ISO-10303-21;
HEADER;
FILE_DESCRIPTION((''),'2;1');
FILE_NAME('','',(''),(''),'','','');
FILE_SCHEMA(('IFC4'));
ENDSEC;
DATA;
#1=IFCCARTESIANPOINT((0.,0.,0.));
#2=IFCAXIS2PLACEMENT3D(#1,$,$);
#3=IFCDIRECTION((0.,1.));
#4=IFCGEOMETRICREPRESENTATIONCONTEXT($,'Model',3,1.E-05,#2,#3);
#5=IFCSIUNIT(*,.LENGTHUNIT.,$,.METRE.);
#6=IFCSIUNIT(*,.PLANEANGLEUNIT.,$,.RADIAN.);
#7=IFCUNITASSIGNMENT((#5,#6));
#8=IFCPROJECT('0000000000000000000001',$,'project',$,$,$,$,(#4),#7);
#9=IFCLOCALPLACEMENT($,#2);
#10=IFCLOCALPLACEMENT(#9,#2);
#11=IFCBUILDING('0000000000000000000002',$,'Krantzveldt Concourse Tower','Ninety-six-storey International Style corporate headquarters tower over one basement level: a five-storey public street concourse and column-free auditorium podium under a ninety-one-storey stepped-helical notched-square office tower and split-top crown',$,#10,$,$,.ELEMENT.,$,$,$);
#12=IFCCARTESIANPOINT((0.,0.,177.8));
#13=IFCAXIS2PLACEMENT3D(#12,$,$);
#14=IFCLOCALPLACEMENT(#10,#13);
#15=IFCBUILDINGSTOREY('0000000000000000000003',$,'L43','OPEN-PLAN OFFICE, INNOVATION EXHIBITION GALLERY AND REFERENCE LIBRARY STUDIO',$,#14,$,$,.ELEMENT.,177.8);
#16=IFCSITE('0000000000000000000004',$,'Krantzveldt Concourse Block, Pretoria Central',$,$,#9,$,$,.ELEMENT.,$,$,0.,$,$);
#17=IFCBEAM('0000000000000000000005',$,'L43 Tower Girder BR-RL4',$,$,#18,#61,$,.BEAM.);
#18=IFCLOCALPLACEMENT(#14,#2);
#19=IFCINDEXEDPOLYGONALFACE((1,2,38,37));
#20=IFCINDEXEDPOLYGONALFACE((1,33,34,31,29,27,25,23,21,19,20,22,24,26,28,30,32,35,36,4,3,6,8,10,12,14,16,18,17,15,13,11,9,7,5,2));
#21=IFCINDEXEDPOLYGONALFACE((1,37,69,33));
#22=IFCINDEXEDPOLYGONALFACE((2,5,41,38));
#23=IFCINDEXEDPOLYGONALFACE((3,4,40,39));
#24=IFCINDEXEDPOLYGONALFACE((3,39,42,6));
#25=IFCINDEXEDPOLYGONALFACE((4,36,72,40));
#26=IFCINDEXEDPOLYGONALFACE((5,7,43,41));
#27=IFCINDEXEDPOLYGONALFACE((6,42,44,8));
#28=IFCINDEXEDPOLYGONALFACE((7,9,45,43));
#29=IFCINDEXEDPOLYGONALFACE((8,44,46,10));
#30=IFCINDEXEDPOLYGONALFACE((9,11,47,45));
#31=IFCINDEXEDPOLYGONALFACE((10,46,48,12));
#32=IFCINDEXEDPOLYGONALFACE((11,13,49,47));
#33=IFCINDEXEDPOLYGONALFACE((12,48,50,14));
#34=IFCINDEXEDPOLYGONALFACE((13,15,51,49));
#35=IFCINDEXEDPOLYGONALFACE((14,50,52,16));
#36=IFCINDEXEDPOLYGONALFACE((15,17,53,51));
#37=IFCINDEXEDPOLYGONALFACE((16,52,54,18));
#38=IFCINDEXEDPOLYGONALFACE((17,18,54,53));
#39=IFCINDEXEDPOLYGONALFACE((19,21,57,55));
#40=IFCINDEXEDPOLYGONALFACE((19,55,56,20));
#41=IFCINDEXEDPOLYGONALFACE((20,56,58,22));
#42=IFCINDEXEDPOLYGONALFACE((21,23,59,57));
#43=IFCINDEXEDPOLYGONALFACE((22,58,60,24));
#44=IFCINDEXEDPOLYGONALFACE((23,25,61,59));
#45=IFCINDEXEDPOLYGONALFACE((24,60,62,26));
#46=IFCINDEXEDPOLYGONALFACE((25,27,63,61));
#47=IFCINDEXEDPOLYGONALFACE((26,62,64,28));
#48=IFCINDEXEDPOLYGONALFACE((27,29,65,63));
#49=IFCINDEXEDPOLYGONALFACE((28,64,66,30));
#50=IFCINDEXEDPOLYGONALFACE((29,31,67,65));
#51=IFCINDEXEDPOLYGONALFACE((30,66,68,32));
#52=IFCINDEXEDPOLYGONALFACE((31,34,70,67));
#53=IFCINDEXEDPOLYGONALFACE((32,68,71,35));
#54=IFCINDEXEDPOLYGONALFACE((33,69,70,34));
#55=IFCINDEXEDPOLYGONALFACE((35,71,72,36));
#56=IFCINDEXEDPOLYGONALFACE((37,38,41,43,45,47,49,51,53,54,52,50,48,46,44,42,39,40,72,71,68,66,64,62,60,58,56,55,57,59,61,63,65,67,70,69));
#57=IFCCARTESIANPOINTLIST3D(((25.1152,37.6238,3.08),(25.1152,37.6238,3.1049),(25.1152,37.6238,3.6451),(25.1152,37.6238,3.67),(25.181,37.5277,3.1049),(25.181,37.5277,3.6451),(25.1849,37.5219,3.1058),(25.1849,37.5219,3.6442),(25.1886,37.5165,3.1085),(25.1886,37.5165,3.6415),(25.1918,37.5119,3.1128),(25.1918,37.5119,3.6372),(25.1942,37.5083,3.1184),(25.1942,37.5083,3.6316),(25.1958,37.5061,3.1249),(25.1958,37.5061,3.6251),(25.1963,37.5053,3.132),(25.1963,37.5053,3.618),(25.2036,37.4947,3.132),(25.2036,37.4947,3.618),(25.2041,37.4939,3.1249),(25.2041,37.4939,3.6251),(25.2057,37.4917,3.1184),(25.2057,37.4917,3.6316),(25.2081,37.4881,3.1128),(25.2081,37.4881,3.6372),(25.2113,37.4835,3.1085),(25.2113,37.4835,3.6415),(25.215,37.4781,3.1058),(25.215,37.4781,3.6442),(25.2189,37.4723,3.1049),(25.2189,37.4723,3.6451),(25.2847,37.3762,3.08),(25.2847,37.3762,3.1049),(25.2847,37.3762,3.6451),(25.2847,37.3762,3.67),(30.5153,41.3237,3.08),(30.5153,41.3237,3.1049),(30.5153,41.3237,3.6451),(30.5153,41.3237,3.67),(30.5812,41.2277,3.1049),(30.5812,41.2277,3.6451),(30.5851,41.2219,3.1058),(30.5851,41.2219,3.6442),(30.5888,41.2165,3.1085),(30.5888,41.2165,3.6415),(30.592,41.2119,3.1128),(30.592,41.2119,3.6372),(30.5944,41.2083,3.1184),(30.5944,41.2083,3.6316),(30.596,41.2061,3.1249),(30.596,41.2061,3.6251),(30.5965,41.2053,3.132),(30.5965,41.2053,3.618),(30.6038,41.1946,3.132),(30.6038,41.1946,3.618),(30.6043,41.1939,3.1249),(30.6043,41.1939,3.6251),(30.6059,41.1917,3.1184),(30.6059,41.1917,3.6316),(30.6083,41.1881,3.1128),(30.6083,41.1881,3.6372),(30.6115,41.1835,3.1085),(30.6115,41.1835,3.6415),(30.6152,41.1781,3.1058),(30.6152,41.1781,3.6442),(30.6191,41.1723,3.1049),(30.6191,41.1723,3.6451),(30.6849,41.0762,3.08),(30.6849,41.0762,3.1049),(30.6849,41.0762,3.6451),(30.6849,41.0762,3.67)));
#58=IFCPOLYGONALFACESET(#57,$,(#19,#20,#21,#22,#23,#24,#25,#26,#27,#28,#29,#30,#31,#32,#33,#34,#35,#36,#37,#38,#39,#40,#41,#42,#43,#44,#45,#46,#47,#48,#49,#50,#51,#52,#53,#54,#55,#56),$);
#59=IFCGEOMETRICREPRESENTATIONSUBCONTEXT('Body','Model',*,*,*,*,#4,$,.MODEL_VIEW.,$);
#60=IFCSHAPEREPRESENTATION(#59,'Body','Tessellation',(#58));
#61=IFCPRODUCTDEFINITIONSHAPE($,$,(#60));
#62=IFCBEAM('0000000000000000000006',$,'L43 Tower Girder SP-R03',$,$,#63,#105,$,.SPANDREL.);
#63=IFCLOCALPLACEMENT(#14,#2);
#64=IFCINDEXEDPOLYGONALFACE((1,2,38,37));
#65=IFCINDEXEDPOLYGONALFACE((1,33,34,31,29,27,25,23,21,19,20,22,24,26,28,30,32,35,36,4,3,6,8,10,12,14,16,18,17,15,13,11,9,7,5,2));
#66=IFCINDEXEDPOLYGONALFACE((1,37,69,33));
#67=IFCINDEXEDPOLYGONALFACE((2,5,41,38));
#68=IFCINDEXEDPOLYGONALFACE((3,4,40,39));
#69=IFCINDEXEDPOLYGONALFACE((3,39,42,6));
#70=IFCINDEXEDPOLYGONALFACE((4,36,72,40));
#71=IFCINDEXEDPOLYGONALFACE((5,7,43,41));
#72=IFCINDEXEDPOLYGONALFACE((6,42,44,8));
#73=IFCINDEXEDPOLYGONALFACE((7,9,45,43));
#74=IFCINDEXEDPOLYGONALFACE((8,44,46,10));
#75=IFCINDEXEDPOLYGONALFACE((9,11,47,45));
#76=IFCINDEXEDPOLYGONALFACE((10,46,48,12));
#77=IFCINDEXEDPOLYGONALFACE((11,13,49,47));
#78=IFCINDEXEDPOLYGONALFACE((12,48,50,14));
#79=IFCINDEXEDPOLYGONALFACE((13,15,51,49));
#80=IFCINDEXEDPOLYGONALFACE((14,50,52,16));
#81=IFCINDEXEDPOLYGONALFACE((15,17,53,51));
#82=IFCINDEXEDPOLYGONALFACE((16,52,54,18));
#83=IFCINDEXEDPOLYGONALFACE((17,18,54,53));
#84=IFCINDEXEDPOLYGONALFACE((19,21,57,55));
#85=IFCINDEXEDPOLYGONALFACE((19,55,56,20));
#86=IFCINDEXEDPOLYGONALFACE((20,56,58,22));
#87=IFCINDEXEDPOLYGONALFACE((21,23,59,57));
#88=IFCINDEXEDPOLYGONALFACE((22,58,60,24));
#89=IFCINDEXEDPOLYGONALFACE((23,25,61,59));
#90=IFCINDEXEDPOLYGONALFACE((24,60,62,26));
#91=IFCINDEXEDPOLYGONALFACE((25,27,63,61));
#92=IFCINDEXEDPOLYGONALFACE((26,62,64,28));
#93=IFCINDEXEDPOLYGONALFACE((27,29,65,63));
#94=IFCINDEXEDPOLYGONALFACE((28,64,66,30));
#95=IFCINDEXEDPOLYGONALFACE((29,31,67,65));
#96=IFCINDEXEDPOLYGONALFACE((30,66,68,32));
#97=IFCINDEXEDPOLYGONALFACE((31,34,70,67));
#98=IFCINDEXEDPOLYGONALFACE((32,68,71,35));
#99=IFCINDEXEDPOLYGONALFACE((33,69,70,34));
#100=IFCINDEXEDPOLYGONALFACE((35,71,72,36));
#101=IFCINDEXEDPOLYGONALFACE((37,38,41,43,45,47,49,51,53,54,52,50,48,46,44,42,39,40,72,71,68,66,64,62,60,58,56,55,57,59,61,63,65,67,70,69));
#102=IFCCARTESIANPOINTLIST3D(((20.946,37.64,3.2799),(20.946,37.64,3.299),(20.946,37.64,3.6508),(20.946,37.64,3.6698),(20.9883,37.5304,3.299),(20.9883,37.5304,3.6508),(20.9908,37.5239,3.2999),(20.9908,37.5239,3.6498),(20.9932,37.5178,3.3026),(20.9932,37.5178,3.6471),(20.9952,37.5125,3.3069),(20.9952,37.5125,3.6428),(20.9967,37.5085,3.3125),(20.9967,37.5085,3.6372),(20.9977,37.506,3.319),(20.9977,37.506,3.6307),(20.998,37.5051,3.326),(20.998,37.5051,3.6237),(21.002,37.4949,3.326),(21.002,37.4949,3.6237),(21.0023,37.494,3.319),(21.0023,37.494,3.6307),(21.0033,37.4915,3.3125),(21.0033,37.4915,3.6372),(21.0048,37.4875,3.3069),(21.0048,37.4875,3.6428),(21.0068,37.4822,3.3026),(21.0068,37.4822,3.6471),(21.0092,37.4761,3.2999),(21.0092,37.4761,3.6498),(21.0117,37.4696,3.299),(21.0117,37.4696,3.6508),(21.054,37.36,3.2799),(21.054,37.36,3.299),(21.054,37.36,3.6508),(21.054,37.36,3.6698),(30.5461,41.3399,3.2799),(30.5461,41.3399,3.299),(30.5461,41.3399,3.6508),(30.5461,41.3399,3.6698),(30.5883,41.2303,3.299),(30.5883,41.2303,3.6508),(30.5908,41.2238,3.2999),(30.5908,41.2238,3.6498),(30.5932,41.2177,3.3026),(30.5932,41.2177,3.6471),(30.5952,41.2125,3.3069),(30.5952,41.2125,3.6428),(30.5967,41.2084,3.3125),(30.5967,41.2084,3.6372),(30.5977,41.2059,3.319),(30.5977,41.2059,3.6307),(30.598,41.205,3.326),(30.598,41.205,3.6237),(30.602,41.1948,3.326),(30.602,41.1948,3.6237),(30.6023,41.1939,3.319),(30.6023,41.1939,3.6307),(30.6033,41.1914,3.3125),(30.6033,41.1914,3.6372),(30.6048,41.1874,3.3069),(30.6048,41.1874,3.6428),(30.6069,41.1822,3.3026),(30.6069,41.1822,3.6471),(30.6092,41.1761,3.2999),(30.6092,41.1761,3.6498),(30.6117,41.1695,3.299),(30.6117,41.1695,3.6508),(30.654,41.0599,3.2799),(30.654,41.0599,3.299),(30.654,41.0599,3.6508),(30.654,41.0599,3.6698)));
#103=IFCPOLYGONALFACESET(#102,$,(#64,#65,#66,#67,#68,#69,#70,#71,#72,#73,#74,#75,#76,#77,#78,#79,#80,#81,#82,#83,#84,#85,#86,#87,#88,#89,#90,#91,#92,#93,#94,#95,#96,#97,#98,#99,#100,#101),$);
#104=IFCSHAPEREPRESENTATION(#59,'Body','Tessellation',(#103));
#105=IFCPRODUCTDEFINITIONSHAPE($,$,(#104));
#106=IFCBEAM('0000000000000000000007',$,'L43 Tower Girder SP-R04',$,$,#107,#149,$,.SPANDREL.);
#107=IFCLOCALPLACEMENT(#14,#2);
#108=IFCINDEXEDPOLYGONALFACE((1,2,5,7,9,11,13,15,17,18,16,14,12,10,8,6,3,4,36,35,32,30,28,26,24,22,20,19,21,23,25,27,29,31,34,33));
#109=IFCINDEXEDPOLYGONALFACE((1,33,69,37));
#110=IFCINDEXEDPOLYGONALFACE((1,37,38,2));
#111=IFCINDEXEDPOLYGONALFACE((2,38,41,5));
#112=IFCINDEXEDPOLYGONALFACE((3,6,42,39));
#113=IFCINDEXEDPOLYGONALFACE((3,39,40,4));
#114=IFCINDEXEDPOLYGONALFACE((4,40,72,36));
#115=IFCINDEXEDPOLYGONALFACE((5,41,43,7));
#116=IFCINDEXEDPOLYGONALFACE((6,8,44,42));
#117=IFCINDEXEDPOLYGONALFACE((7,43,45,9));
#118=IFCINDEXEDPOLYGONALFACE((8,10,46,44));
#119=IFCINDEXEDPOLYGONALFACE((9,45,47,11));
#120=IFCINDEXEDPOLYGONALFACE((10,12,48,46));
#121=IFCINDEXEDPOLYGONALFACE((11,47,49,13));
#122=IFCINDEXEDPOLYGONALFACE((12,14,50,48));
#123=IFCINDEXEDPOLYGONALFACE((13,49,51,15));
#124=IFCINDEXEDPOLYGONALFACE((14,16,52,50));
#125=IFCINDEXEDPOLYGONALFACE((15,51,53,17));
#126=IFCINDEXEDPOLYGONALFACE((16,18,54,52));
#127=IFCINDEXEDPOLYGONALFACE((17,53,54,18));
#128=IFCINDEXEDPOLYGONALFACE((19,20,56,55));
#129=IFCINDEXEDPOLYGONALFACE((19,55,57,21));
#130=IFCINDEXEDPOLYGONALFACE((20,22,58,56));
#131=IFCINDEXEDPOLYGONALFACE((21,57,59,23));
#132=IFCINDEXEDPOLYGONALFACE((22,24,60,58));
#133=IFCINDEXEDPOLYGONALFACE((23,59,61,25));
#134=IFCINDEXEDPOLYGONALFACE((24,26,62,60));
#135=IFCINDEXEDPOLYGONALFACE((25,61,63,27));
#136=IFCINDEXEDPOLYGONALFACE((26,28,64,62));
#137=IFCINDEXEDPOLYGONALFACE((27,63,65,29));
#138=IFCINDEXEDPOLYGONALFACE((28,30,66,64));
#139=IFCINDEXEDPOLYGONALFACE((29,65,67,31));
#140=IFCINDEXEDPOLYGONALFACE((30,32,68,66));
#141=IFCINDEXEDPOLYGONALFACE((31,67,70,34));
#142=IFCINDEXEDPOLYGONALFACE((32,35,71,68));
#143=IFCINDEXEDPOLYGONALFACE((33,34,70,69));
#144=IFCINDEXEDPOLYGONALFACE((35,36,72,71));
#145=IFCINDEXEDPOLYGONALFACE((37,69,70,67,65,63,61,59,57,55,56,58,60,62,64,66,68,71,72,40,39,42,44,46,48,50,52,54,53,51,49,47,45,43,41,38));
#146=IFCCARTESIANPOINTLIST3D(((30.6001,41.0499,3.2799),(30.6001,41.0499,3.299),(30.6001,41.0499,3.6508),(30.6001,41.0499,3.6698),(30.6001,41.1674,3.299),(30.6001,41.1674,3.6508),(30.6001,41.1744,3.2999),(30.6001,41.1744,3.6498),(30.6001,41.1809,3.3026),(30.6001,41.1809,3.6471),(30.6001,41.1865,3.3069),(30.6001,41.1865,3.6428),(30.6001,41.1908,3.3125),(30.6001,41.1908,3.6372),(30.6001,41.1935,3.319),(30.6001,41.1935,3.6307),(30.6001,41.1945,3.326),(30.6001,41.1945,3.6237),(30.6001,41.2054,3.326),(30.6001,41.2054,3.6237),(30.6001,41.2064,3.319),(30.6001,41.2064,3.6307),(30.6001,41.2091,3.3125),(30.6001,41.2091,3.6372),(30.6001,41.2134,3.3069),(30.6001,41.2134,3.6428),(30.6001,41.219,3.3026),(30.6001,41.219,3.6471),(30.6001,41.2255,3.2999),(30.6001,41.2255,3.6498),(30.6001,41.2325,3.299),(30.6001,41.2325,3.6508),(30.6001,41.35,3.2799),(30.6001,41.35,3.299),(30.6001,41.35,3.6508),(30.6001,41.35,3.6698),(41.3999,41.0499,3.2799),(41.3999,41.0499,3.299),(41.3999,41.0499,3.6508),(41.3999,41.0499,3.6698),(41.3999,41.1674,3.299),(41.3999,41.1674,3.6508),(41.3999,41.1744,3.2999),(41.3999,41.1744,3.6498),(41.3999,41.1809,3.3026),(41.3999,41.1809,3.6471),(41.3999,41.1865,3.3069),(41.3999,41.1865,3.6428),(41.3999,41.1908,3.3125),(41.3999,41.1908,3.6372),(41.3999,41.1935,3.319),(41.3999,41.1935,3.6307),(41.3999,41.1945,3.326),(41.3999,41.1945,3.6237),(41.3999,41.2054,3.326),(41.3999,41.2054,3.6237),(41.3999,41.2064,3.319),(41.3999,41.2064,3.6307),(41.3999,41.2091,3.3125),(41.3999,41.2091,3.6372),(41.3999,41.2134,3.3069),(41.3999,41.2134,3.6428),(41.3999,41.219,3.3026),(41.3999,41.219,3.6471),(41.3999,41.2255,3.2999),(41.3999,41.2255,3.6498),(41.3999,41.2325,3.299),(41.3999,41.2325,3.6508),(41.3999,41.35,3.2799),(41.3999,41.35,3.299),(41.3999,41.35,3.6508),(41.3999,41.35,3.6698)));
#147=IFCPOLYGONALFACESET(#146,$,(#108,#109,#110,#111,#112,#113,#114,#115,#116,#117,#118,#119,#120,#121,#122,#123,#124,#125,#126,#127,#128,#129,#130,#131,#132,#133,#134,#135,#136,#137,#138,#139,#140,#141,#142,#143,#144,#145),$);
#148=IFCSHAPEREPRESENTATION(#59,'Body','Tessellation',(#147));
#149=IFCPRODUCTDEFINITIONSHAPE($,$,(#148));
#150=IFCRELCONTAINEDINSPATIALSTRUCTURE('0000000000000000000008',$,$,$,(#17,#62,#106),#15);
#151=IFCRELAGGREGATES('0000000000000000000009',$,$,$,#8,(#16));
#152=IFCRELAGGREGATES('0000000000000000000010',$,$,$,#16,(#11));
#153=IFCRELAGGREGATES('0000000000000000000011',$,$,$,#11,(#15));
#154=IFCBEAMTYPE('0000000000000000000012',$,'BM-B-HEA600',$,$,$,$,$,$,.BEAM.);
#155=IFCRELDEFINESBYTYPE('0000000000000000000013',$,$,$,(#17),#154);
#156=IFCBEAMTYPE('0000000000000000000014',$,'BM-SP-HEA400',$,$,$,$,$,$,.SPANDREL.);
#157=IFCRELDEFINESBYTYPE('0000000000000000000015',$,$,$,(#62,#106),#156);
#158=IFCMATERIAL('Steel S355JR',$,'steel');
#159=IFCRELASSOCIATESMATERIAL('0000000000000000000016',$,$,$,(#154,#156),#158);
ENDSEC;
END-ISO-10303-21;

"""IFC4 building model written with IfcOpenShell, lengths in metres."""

from ifc_helpers import new_model, si_unit, direction, frame, origin, origin_2d, place, context, subcontext, project, spatial, i_section, extrude, source, transform, mapped, material, material_profile, profile_set, type_object, type_shapes, element, save


model = new_model("IFC4")

# Units and contexts
model_context = context("Model", 3, precision=1e-05, world=origin(), true_north=direction((0.0, 1.0)))
body_context = subcontext(model_context, "Body", "Model", "MODEL_VIEW")
ifc_project = project(units=[si_unit("LENGTHUNIT", "METRE"), si_unit("PLANEANGLEUNIT", "RADIAN")], contexts=[model_context])

# Site, building, storey
site_placement = place(None, origin())
site = spatial("IfcSite", under=ifc_project, at=site_placement, Name="Krantzveldt Concourse Block, Pretoria Central", CompositionType="ELEMENT", RefElevation=0.0)
building_placement = place(site_placement, origin())
building = spatial("IfcBuilding", under=site, at=building_placement, Name="Krantzveldt Concourse Tower", Description="Ninety-six-storey International Style corporate headquarters tower over one basement level: a five-storey public street concourse and column-free auditorium podium under a ninety-one-storey stepped-helical notched-square office tower and split-top crown", CompositionType="ELEMENT")
storey_placement = place(building_placement, frame((0.0, 0.0, 177.8)))
storey = spatial("IfcBuildingStorey", under=building, at=storey_placement, Name="L43", Description="OPEN-PLAN OFFICE, INNOVATION EXHIBITION GALLERY AND REFERENCE LIBRARY STUDIO", CompositionType="ELEMENT", Elevation=177.8)

# Beams
ifc_material_1 = material(Name="Steel S355JR", Category="steel")
ifc_material_profile_1 = material_profile(ifc_material_1, i_section(OverallWidth=0.3, OverallDepth=0.5901, WebThickness=0.0129, FlangeThickness=0.0249, FilletRadius=0.0271, at=origin_2d()), Name="Steel S355JR", Category="steel")
ifc_profile_set_1 = profile_set([ifc_material_profile_1], Name="Steel S355JR - HEA 600")
beam_type_1 = type_object("IfcBeamType", Name="BM-B-HEA600", PredefinedType="BEAM", material=ifc_profile_set_1)
shared_shape_1 = source(origin(), body_context, "Body", "SweptSolid", [
    extrude(i_section(OverallWidth=0.3, OverallDepth=0.5901, WebThickness=0.0129, FlangeThickness=0.0249, FilletRadius=0.0271, at=origin_2d()), origin(), (0.0, 0.0, 1.0), 6.5461),
])
beam_1_placement = place(storey_placement, frame((25.2, 37.5, 3.375), z_axis=(0.824943, 0.565216, 0.0), x_axis=(-0.565216, 0.824943, 0.0)))
element("IfcBeam", 1, at=beam_1_placement, inside=storey, type_object=beam_type_1, Name="L43 Tower Girder BR-RL4", PredefinedType="BEAM", context=body_context, shape_type="MappedRepresentation", body=[
    mapped(shared_shape_1, transform((0.0, 0.0, 0.0), x_axis=(1.0, 0.0, 0.0), y_axis=(0.0, 1.0, 0.0), z_axis=(0.0, 0.0, 1.0), scale=1.0)),
])
ifc_material_profile_2 = material_profile(ifc_material_1, i_section(OverallWidth=0.3, OverallDepth=0.3899, WebThickness=0.011, FlangeThickness=0.019, FilletRadius=0.0271, at=origin_2d()), Name="Steel S355JR", Category="steel")
ifc_profile_set_2 = profile_set([ifc_material_profile_2], Name="Steel S355JR - HEA 400")
beam_type_2 = type_object("IfcBeamType", Name="BM-SP-HEA400", PredefinedType="SPANDREL", material=ifc_profile_set_2)
shared_shape_2 = source(origin(), body_context, "Body", "SweptSolid", [
    extrude(i_section(OverallWidth=0.3, OverallDepth=0.3899, WebThickness=0.011, FlangeThickness=0.019, FilletRadius=0.0271, at=origin_2d()), origin(), (0.0, 0.0, 1.0), 10.2883),
])
beam_2_placement = place(storey_placement, frame((21.0, 37.5, 3.4749), z_axis=(0.933098, 0.359623, 0.0), x_axis=(-0.359623, 0.933098, 0.0)))
element("IfcBeam", 2, at=beam_2_placement, inside=storey, type_object=beam_type_2, Name="L43 Tower Girder SP-R03", PredefinedType="SPANDREL", context=body_context, shape_type="MappedRepresentation", body=[
    mapped(shared_shape_2, transform((0.0, 0.0, 0.0), x_axis=(1.0, 0.0, 0.0), y_axis=(0.0, 1.0, 0.0), z_axis=(0.0, 0.0, 1.0), scale=1.0)),
])
shared_shape_3 = source(origin(), body_context, "Body", "SweptSolid", [
    extrude(i_section(OverallWidth=0.3, OverallDepth=0.3899, WebThickness=0.011, FlangeThickness=0.019, FilletRadius=0.0271, at=origin_2d()), origin(), (0.0, 0.0, 1.0), 10.7998),
])
type_shapes(beam_type_2, [shared_shape_2, shared_shape_3])
beam_3_placement = place(storey_placement, frame((30.6001, 41.2, 3.4749), z_axis=(1.0, 0.0, 0.0), x_axis=(0.0, 1.0, 0.0)))
element("IfcBeam", 3, at=beam_3_placement, inside=storey, type_object=beam_type_2, Name="L43 Tower Girder SP-R04", PredefinedType="SPANDREL", context=body_context, shape_type="MappedRepresentation", body=[
    mapped(shared_shape_3, transform((0.0, 0.0, 0.0), x_axis=(1.0, 0.0, 0.0), y_axis=(0.0, 1.0, 0.0), z_axis=(0.0, 0.0, 1.0), scale=1.0)),
])

save(model, "model.ifc")
